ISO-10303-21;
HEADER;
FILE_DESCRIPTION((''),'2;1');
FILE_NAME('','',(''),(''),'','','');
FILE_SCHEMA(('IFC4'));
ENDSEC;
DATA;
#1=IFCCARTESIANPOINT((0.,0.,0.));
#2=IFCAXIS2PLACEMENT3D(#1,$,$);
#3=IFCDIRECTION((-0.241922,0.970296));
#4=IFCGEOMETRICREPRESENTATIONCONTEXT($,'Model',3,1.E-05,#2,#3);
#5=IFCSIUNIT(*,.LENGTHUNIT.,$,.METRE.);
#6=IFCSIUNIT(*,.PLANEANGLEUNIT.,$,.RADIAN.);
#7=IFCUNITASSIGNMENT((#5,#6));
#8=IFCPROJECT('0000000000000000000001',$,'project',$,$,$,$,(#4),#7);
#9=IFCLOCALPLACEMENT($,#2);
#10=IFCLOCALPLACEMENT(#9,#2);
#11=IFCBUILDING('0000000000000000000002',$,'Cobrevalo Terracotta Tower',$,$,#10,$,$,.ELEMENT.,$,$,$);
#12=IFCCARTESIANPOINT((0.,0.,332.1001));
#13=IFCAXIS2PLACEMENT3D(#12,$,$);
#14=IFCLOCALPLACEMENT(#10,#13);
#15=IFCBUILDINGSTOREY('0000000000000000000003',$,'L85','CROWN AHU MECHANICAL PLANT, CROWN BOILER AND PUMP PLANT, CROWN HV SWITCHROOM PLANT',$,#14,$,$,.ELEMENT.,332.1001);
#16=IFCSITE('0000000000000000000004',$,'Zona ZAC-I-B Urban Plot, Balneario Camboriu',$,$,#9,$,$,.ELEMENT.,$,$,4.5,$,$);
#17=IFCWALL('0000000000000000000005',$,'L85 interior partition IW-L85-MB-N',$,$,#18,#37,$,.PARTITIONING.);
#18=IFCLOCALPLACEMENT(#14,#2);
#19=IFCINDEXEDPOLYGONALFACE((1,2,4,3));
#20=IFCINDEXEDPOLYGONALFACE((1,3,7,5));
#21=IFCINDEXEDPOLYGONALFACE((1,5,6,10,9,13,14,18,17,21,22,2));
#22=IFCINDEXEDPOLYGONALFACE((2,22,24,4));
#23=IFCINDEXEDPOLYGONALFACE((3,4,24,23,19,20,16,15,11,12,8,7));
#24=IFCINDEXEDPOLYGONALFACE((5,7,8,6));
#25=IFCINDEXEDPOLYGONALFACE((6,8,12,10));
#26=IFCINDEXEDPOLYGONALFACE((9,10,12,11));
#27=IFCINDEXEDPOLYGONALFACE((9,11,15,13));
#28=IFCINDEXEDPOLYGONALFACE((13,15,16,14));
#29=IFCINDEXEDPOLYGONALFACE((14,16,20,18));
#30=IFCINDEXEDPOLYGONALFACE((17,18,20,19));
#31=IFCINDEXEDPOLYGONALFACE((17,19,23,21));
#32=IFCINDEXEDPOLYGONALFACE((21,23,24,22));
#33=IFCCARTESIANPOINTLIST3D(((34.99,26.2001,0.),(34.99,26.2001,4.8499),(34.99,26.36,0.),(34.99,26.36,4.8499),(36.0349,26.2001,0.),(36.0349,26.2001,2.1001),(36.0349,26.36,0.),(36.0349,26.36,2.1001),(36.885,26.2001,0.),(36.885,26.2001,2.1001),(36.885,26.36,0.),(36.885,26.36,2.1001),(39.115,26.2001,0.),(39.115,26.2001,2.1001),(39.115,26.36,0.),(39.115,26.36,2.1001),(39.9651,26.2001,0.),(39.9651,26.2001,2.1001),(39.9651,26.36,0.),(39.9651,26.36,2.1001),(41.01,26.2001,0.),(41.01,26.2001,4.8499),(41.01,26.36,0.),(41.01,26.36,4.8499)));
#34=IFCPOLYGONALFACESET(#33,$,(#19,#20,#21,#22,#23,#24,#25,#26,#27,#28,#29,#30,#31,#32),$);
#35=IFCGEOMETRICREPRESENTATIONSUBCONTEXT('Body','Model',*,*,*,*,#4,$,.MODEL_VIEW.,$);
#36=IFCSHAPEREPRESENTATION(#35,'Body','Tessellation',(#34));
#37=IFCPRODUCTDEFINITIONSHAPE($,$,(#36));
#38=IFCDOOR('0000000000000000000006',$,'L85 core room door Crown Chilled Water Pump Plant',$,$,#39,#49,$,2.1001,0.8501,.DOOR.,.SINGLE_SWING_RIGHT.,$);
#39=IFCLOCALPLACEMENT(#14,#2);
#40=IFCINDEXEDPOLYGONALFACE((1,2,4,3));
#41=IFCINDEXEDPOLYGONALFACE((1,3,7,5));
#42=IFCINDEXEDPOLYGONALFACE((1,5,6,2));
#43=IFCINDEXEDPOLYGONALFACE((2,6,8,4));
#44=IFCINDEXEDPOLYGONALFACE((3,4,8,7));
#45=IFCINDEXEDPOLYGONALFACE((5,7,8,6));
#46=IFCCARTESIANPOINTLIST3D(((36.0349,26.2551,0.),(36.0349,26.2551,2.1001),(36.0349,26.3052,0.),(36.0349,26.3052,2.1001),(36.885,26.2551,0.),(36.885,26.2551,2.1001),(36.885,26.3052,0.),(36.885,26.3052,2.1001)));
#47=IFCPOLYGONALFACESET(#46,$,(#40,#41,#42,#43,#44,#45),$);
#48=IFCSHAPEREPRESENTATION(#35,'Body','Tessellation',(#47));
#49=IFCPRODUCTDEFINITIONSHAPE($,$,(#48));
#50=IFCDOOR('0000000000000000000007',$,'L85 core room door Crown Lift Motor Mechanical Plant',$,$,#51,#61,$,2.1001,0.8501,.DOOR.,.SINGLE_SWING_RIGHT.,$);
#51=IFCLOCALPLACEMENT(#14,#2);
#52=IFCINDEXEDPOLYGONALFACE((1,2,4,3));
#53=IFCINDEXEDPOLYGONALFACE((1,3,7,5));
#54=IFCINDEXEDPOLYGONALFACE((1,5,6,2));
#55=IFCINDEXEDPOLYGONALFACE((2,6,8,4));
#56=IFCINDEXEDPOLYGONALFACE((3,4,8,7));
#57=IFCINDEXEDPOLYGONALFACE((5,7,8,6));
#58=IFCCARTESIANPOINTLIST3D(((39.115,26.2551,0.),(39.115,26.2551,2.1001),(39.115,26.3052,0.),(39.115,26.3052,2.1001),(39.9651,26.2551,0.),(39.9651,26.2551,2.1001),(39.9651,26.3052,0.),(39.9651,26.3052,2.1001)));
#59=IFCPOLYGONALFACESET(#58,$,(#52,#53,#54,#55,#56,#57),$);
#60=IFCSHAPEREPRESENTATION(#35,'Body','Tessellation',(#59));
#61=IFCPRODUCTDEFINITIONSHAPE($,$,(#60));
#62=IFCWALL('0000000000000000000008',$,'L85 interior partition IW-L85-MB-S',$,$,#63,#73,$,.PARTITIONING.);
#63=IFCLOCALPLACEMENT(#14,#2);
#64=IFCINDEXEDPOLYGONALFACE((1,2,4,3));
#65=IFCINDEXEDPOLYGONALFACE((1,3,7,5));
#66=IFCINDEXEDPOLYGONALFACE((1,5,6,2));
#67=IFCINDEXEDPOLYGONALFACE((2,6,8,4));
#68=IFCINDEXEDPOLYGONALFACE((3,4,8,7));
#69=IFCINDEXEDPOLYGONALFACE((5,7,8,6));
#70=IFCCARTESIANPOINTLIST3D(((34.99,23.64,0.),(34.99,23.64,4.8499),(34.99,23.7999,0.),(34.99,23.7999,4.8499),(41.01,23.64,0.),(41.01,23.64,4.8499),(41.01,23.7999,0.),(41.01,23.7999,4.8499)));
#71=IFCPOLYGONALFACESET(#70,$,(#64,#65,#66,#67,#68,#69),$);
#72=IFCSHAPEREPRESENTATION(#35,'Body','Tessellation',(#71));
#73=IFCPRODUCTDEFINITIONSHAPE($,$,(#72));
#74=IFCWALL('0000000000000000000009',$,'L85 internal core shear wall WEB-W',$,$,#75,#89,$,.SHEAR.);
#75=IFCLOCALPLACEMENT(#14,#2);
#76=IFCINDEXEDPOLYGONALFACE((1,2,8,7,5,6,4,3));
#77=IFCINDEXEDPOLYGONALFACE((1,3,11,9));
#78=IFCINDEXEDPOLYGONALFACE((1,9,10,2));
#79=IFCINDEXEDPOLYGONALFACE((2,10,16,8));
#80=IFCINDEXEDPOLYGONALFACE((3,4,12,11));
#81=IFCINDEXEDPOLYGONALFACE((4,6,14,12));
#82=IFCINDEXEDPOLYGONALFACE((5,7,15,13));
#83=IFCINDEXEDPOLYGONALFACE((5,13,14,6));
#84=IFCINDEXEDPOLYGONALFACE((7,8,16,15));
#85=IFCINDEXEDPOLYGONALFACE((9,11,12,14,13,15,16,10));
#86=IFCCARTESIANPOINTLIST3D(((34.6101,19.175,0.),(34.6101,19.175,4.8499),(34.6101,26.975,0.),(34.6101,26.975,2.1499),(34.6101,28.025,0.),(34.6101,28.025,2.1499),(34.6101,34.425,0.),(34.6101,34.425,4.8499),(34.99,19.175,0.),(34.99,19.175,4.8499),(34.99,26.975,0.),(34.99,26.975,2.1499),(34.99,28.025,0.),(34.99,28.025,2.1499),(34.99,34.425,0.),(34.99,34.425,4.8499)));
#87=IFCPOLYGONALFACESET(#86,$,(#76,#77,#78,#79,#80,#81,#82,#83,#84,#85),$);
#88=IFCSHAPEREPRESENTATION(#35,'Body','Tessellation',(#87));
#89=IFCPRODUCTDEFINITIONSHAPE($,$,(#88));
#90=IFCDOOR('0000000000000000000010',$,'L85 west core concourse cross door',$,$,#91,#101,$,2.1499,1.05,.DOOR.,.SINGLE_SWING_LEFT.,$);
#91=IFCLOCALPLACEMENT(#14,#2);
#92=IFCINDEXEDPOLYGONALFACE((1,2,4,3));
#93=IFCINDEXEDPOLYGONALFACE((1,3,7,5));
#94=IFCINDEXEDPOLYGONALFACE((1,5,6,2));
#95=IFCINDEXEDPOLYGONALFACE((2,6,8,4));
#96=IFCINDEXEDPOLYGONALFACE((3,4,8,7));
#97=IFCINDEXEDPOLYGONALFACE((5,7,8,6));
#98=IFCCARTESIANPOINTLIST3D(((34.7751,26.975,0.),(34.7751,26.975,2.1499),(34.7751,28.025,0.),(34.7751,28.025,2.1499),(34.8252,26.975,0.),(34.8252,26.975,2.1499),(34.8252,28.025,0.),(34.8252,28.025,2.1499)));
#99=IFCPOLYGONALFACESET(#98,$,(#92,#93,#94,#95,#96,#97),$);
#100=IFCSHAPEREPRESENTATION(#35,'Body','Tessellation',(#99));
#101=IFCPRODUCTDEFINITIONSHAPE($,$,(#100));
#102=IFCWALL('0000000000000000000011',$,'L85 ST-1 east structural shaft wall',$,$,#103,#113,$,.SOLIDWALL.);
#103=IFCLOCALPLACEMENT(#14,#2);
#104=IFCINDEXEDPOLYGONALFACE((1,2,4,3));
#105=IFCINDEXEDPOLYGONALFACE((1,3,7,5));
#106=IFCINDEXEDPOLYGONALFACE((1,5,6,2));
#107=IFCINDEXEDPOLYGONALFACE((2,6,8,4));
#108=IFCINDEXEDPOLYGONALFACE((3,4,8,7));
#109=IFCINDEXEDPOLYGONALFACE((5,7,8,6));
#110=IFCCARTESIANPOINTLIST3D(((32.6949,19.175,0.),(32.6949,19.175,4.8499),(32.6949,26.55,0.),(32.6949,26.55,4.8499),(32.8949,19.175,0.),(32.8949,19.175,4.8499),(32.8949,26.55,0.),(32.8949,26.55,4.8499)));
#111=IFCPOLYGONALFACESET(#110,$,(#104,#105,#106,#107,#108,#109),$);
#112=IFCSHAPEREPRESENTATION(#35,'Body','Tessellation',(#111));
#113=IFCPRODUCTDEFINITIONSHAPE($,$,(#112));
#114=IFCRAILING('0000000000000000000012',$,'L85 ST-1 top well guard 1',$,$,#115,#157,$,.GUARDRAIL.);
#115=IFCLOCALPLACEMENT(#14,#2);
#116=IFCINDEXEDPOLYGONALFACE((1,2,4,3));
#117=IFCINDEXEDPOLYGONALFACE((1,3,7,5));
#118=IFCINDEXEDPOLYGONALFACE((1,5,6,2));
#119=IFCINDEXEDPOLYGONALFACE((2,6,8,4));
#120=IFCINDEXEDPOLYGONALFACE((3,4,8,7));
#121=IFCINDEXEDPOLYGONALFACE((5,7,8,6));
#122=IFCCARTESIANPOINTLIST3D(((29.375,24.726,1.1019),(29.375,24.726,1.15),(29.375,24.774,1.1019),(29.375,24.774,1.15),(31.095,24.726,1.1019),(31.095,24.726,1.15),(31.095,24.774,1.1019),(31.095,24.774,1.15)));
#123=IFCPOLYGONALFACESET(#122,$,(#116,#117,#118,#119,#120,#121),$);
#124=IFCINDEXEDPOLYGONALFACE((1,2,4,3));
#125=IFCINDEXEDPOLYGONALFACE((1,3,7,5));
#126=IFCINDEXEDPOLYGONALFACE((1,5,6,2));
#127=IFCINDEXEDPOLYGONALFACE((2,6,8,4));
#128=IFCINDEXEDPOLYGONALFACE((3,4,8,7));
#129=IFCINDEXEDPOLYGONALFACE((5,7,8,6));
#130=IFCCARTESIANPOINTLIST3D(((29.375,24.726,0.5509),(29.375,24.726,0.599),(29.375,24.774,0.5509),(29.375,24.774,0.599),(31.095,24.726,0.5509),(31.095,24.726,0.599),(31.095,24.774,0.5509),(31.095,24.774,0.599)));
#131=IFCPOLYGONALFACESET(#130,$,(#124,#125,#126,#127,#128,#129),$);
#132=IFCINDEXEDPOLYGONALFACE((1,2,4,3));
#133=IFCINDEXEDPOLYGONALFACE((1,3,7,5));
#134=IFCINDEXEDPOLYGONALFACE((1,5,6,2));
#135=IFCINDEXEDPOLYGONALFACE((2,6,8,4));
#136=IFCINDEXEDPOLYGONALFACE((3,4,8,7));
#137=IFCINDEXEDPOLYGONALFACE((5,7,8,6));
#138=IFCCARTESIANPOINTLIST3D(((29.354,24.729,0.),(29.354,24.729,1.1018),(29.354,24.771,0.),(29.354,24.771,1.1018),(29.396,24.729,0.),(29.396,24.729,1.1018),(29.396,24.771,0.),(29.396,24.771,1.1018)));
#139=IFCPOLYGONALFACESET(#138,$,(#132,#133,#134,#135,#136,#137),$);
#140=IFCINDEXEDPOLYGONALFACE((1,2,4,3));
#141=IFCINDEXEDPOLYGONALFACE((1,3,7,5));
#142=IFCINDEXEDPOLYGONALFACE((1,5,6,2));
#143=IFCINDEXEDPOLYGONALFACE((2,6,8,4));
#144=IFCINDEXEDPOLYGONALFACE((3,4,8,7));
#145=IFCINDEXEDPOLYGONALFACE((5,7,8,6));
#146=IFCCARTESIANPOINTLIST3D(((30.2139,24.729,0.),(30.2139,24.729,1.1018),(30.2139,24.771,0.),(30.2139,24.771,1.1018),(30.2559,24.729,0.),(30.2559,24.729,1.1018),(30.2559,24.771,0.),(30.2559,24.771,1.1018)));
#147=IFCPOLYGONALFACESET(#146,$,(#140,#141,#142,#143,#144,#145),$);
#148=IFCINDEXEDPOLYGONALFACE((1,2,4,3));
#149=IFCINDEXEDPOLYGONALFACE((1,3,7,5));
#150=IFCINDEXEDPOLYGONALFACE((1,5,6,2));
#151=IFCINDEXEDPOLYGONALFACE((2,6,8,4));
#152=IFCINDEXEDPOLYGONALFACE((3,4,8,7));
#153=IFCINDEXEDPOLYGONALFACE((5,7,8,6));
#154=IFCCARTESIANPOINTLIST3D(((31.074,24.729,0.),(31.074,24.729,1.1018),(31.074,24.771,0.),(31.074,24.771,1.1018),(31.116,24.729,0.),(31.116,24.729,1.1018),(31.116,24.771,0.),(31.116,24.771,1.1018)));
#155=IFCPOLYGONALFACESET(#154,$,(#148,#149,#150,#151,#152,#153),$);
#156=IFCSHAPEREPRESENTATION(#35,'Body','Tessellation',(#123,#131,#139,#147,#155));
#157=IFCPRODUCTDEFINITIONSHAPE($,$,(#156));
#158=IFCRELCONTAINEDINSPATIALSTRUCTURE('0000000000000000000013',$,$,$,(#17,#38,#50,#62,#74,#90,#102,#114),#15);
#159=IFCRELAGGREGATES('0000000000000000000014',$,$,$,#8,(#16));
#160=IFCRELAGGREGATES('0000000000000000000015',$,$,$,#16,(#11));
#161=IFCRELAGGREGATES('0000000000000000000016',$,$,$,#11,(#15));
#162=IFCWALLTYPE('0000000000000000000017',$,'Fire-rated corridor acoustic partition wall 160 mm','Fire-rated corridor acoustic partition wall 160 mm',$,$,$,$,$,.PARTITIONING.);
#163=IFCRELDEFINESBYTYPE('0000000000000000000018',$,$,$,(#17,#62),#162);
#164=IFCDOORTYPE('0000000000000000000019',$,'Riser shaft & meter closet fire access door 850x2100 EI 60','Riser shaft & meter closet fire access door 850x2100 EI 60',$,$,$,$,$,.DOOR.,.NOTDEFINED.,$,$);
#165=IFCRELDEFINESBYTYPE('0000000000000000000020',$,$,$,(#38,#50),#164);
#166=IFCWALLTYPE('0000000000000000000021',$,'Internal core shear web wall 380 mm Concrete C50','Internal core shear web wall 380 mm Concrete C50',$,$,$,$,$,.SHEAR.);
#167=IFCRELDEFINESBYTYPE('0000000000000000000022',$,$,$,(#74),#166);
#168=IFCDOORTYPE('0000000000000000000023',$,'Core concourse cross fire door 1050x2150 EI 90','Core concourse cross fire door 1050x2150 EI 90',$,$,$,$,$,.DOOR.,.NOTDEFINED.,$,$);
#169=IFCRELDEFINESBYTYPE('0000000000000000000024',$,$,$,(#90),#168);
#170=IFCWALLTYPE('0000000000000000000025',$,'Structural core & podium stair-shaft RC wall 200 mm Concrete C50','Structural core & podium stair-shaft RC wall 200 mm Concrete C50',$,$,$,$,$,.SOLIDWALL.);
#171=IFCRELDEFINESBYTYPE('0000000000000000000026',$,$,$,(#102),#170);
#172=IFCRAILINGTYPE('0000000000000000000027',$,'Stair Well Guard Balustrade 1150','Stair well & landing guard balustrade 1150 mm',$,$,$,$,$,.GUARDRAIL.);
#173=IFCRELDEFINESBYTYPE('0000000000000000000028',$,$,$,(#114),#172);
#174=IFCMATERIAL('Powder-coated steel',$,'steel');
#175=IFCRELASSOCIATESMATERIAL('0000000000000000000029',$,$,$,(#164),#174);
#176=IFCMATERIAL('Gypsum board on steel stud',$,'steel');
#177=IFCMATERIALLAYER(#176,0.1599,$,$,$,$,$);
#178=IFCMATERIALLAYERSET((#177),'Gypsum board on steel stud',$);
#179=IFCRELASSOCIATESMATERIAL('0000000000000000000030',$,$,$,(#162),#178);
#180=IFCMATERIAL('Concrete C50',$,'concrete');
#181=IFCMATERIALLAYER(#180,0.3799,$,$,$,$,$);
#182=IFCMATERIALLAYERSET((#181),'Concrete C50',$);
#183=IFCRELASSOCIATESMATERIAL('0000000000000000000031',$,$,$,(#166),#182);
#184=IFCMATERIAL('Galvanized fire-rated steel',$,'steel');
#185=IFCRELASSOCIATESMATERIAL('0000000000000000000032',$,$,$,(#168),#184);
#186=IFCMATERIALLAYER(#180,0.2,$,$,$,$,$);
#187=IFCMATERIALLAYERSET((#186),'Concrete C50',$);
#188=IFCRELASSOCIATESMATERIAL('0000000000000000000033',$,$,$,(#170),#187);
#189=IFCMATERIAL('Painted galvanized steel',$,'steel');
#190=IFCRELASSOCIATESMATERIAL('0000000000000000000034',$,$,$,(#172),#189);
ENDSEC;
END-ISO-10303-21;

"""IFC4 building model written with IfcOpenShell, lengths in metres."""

from ifc_helpers import new_model, si_unit, direction, frame, frame_2d, origin, origin_2d, place, context, subcontext, project, spatial, rectangle, extrude, source, transform, mapped, material, layer, layer_set, type_object, element, fill, save


model = new_model("IFC4")

# Units and contexts
model_context = context("Model", 3, precision=1e-05, world=origin(), true_north=direction((-0.241922, 0.970296)))
body_context = subcontext(model_context, "Body", "Model", "MODEL_VIEW")
ifc_project = project(units=[si_unit("LENGTHUNIT", "METRE"), si_unit("PLANEANGLEUNIT", "RADIAN")], contexts=[model_context])

# Site, building, storey
site_placement = place(None, origin())
site = spatial("IfcSite", under=ifc_project, at=site_placement, Name="Zona ZAC-I-B Urban Plot, Balneario Camboriu", CompositionType="ELEMENT", RefElevation=4.5)
building_placement = place(site_placement, origin())
building = spatial("IfcBuilding", under=site, at=building_placement, Name="Cobrevalo Terracotta Tower", CompositionType="ELEMENT")
storey_placement = place(building_placement, frame((0.0, 0.0, 332.1001)))
storey = spatial("IfcBuildingStorey", under=building, at=storey_placement, Name="L85", Description="CROWN AHU MECHANICAL PLANT, CROWN BOILER AND PUMP PLANT, CROWN HV SWITCHROOM PLANT", CompositionType="ELEMENT", Elevation=332.1001)

# Shared definitions
ifc_material_1 = material(Name="Concrete C50", Category="concrete")

# Shared definitions
ifc_material_2 = material(Name="Powder-coated steel", Category="steel")
door_type_1 = type_object("IfcDoorType", Name="Riser shaft & meter closet fire access door 850x2100 EI 60", Description="Riser shaft & meter closet fire access door 850x2100 EI 60", OperationType="NOTDEFINED", PredefinedType="DOOR", material=ifc_material_2)
shared_shape_1 = source(origin(), body_context, "Body", "SweptSolid", [
    extrude(rectangle(XDim=0.8501, YDim=2.1001, at=frame_2d((0.425, 1.05))), frame((0.0, 0.0249, 0.0), z_axis=(0.0, -1.0, 0.0), x_axis=(1.0, 0.0, 0.0)), (0.0, 0.0, 1.0), 0.05),
])
ifc_material_3 = material(Name="Galvanized fire-rated steel", Category="steel")

# Wall, openings, doors
ifc_material_4 = material(Name="Gypsum board on steel stud", Category="steel")
ifc_layer_1 = layer(ifc_material_4, 0.1599)
ifc_layer_set_1 = layer_set([ifc_layer_1], Name="Gypsum board on steel stud")
wall_type_1 = type_object("IfcWallType", Name="Fire-rated corridor acoustic partition wall 160 mm", Description="Fire-rated corridor acoustic partition wall 160 mm", PredefinedType="PARTITIONING", material=ifc_layer_set_1)
wall_1_placement = place(storey_placement, frame((34.99, 26.28, 0.0), z_axis=(0.0, 0.0, 1.0), x_axis=(1.0, 0.0, 0.0)))
wall_1 = element("IfcWall", 1, at=wall_1_placement, inside=storey, type_object=wall_type_1, Name="L85 interior partition IW-L85-MB-N", PredefinedType="PARTITIONING", context=body_context, shape_type="SweptSolid", body=[
    extrude(rectangle(XDim=6.02, YDim=0.1599, at=frame_2d((3.01, 0.0))), origin(), (0.0, 0.0, 1.0), 4.8499),
])
opening_1_placement = place(wall_1_placement, frame((1.0449, 0.0, 0.0)))
opening_1 = element("IfcOpeningElement", 2, at=opening_1_placement, cuts=wall_1, PredefinedType="OPENING", context=body_context, shape_type="SweptSolid", body=[
    extrude(rectangle(XDim=0.8501, YDim=2.1001, at=frame_2d((0.425, 1.05))), frame((0.0, 0.0898, 0.0), z_axis=(0.0, -1.0, 0.0), x_axis=(1.0, 0.0, 0.0)), (0.0, 0.0, 1.0), 0.1799),
])
opening_2_placement = place(wall_1_placement, frame((4.125, 0.0, 0.0)))
opening_2 = element("IfcOpeningElement", 3, at=opening_2_placement, cuts=wall_1, PredefinedType="OPENING", context=body_context, shape_type="SweptSolid", body=[
    extrude(rectangle(XDim=0.8501, YDim=2.1001, at=frame_2d((0.425, 1.05))), frame((0.0, 0.0898, 0.0), z_axis=(0.0, -1.0, 0.0), x_axis=(1.0, 0.0, 0.0)), (0.0, 0.0, 1.0), 0.1799),
])
door_1_placement = place(opening_1_placement, frame((0.8501, 0.0, 0.0), z_axis=(0.0, 0.0, 1.0), x_axis=(-1.0, 0.0, 0.0)))
door_1 = element("IfcDoor", 4, at=door_1_placement, inside=storey, type_object=door_type_1, Name="L85 core room door Crown Chilled Water Pump Plant", OperationType="SINGLE_SWING_RIGHT", OverallHeight=2.1001, OverallWidth=0.8501, PredefinedType="DOOR", context=body_context, shape_type="MappedRepresentation", body=[
    mapped(shared_shape_1, transform((0.0, 0.0, 0.0), scale=1.0)),
])
fill(opening_1, door_1)
door_2_placement = place(opening_2_placement, frame((0.8501, 0.0, 0.0), z_axis=(0.0, 0.0, 1.0), x_axis=(-1.0, 0.0, 0.0)))
door_2 = element("IfcDoor", 5, at=door_2_placement, inside=storey, type_object=door_type_1, Name="L85 core room door Crown Lift Motor Mechanical Plant", OperationType="SINGLE_SWING_RIGHT", OverallHeight=2.1001, OverallWidth=0.8501, PredefinedType="DOOR", context=body_context, shape_type="MappedRepresentation", body=[
    mapped(shared_shape_1, transform((0.0, 0.0, 0.0), scale=1.0)),
])
fill(opening_2, door_2)

# Wall
wall_2_placement = place(storey_placement, frame((34.99, 23.72, 0.0), z_axis=(0.0, 0.0, 1.0), x_axis=(1.0, 0.0, 0.0)))
element("IfcWall", 6, at=wall_2_placement, inside=storey, type_object=wall_type_1, Name="L85 interior partition IW-L85-MB-S", PredefinedType="PARTITIONING", context=body_context, shape_type="SweptSolid", body=[
    extrude(rectangle(XDim=6.02, YDim=0.1599, at=frame_2d((3.01, 0.0))), origin(), (0.0, 0.0, 1.0), 4.8499),
])

# Wall, opening, door
ifc_layer_2 = layer(ifc_material_1, 0.3799)
ifc_layer_set_2 = layer_set([ifc_layer_2], Name="Concrete C50")
wall_type_2 = type_object("IfcWallType", Name="Internal core shear web wall 380 mm Concrete C50", Description="Internal core shear web wall 380 mm Concrete C50", PredefinedType="SHEAR", material=ifc_layer_set_2)
wall_3_placement = place(storey_placement, frame((34.8, 19.175, 0.0), z_axis=(0.0, 0.0, 1.0), x_axis=(0.0, 1.0, 0.0)))
wall_3 = element("IfcWall", 7, at=wall_3_placement, inside=storey, type_object=wall_type_2, Name="L85 internal core shear wall WEB-W", PredefinedType="SHEAR", context=body_context, shape_type="SweptSolid", body=[
    extrude(rectangle(XDim=15.25, YDim=0.3799, at=frame_2d((7.625, 0.0))), origin(), (0.0, 0.0, 1.0), 4.8499),
])
opening_3_placement = place(wall_3_placement, frame((7.8, 0.0, 0.0)))
opening_3 = element("IfcOpeningElement", 8, at=opening_3_placement, cuts=wall_3, PredefinedType="OPENING", context=body_context, shape_type="SweptSolid", body=[
    extrude(rectangle(XDim=1.05, YDim=2.1499, at=frame_2d((0.5249, 1.075))), frame((0.0, 0.2, 0.0), z_axis=(0.0, -1.0, 0.0), x_axis=(1.0, 0.0, 0.0)), (0.0, 0.0, 1.0), 0.3999),
])
door_type_2 = type_object("IfcDoorType", Name="Core concourse cross fire door 1050x2150 EI 90", Description="Core concourse cross fire door 1050x2150 EI 90", OperationType="NOTDEFINED", PredefinedType="DOOR", material=ifc_material_3)
shared_shape_2 = source(origin(), body_context, "Body", "SweptSolid", [
    extrude(rectangle(XDim=1.05, YDim=2.1499, at=frame_2d((0.5249, 1.075))), frame((0.0, 0.0249, 0.0), z_axis=(0.0, -1.0, 0.0), x_axis=(1.0, 0.0, 0.0)), (0.0, 0.0, 1.0), 0.05),
])
door_3_placement = place(opening_3_placement, origin())
door_3 = element("IfcDoor", 9, at=door_3_placement, inside=storey, type_object=door_type_2, Name="L85 west core concourse cross door", OperationType="SINGLE_SWING_LEFT", OverallHeight=2.1499, OverallWidth=1.05, PredefinedType="DOOR", context=body_context, shape_type="MappedRepresentation", body=[
    mapped(shared_shape_2, transform((0.0, 0.0, 0.0), scale=1.0)),
])
fill(opening_3, door_3)

# Wall
ifc_layer_3 = layer(ifc_material_1, 0.2)
ifc_layer_set_3 = layer_set([ifc_layer_3], Name="Concrete C50")
wall_type_3 = type_object("IfcWallType", Name="Structural core & podium stair-shaft RC wall 200 mm Concrete C50", Description="Structural core & podium stair-shaft RC wall 200 mm Concrete C50", PredefinedType="SOLIDWALL", material=ifc_layer_set_3)
wall_4_placement = place(storey_placement, frame((32.7949, 19.175, 0.0), z_axis=(0.0, 0.0, 1.0), x_axis=(0.0, 1.0, 0.0)))
element("IfcWall", 10, at=wall_4_placement, inside=storey, type_object=wall_type_3, Name="L85 ST-1 east structural shaft wall", PredefinedType="SOLIDWALL", context=body_context, shape_type="SweptSolid", body=[
    extrude(rectangle(XDim=7.375, YDim=0.2, at=frame_2d((3.6875, 0.0))), origin(), (0.0, 0.0, 1.0), 4.8499),
])

# Railing
ifc_material_5 = material(Name="Painted galvanized steel", Category="steel")
railing_type = type_object("IfcRailingType", Name="Stair Well Guard Balustrade 1150", Description="Stair well & landing guard balustrade 1150 mm", PredefinedType="GUARDRAIL", material=ifc_material_5)
railing_1_placement = place(storey_placement, frame((29.375, 24.75, 0.0)))
element("IfcRailing", 11, at=railing_1_placement, inside=storey, type_object=railing_type, Name="L85 ST-1 top well guard 1", PredefinedType="GUARDRAIL", context=body_context, shape_type="SweptSolid", body=[
    extrude(rectangle(XDim=0.0481, YDim=0.0481, at=origin_2d()), frame((0.0, 0.0, 1.126), z_axis=(1.0, 0.0, 0.0), x_axis=(0.0, 1.0, 0.0)), (0.0, 0.0, 1.0), 1.72),
    extrude(rectangle(XDim=0.0481, YDim=0.0481, at=origin_2d()), frame((0.0, 0.0, 0.575), z_axis=(1.0, 0.0, 0.0), x_axis=(0.0, 1.0, 0.0)), (0.0, 0.0, 1.0), 1.72),
    extrude(rectangle(XDim=0.042, YDim=0.042, at=origin_2d()), origin(), (0.0, 0.0, 1.0), 1.1018),
    extrude(rectangle(XDim=0.042, YDim=0.042, at=origin_2d()), frame((0.8599, 0.0, 0.0)), (0.0, 0.0, 1.0), 1.1018),
    extrude(rectangle(XDim=0.042, YDim=0.042, at=origin_2d()), frame((1.72, 0.0, 0.0)), (0.0, 0.0, 1.0), 1.1018),
])

save(model, "model.ifc")
